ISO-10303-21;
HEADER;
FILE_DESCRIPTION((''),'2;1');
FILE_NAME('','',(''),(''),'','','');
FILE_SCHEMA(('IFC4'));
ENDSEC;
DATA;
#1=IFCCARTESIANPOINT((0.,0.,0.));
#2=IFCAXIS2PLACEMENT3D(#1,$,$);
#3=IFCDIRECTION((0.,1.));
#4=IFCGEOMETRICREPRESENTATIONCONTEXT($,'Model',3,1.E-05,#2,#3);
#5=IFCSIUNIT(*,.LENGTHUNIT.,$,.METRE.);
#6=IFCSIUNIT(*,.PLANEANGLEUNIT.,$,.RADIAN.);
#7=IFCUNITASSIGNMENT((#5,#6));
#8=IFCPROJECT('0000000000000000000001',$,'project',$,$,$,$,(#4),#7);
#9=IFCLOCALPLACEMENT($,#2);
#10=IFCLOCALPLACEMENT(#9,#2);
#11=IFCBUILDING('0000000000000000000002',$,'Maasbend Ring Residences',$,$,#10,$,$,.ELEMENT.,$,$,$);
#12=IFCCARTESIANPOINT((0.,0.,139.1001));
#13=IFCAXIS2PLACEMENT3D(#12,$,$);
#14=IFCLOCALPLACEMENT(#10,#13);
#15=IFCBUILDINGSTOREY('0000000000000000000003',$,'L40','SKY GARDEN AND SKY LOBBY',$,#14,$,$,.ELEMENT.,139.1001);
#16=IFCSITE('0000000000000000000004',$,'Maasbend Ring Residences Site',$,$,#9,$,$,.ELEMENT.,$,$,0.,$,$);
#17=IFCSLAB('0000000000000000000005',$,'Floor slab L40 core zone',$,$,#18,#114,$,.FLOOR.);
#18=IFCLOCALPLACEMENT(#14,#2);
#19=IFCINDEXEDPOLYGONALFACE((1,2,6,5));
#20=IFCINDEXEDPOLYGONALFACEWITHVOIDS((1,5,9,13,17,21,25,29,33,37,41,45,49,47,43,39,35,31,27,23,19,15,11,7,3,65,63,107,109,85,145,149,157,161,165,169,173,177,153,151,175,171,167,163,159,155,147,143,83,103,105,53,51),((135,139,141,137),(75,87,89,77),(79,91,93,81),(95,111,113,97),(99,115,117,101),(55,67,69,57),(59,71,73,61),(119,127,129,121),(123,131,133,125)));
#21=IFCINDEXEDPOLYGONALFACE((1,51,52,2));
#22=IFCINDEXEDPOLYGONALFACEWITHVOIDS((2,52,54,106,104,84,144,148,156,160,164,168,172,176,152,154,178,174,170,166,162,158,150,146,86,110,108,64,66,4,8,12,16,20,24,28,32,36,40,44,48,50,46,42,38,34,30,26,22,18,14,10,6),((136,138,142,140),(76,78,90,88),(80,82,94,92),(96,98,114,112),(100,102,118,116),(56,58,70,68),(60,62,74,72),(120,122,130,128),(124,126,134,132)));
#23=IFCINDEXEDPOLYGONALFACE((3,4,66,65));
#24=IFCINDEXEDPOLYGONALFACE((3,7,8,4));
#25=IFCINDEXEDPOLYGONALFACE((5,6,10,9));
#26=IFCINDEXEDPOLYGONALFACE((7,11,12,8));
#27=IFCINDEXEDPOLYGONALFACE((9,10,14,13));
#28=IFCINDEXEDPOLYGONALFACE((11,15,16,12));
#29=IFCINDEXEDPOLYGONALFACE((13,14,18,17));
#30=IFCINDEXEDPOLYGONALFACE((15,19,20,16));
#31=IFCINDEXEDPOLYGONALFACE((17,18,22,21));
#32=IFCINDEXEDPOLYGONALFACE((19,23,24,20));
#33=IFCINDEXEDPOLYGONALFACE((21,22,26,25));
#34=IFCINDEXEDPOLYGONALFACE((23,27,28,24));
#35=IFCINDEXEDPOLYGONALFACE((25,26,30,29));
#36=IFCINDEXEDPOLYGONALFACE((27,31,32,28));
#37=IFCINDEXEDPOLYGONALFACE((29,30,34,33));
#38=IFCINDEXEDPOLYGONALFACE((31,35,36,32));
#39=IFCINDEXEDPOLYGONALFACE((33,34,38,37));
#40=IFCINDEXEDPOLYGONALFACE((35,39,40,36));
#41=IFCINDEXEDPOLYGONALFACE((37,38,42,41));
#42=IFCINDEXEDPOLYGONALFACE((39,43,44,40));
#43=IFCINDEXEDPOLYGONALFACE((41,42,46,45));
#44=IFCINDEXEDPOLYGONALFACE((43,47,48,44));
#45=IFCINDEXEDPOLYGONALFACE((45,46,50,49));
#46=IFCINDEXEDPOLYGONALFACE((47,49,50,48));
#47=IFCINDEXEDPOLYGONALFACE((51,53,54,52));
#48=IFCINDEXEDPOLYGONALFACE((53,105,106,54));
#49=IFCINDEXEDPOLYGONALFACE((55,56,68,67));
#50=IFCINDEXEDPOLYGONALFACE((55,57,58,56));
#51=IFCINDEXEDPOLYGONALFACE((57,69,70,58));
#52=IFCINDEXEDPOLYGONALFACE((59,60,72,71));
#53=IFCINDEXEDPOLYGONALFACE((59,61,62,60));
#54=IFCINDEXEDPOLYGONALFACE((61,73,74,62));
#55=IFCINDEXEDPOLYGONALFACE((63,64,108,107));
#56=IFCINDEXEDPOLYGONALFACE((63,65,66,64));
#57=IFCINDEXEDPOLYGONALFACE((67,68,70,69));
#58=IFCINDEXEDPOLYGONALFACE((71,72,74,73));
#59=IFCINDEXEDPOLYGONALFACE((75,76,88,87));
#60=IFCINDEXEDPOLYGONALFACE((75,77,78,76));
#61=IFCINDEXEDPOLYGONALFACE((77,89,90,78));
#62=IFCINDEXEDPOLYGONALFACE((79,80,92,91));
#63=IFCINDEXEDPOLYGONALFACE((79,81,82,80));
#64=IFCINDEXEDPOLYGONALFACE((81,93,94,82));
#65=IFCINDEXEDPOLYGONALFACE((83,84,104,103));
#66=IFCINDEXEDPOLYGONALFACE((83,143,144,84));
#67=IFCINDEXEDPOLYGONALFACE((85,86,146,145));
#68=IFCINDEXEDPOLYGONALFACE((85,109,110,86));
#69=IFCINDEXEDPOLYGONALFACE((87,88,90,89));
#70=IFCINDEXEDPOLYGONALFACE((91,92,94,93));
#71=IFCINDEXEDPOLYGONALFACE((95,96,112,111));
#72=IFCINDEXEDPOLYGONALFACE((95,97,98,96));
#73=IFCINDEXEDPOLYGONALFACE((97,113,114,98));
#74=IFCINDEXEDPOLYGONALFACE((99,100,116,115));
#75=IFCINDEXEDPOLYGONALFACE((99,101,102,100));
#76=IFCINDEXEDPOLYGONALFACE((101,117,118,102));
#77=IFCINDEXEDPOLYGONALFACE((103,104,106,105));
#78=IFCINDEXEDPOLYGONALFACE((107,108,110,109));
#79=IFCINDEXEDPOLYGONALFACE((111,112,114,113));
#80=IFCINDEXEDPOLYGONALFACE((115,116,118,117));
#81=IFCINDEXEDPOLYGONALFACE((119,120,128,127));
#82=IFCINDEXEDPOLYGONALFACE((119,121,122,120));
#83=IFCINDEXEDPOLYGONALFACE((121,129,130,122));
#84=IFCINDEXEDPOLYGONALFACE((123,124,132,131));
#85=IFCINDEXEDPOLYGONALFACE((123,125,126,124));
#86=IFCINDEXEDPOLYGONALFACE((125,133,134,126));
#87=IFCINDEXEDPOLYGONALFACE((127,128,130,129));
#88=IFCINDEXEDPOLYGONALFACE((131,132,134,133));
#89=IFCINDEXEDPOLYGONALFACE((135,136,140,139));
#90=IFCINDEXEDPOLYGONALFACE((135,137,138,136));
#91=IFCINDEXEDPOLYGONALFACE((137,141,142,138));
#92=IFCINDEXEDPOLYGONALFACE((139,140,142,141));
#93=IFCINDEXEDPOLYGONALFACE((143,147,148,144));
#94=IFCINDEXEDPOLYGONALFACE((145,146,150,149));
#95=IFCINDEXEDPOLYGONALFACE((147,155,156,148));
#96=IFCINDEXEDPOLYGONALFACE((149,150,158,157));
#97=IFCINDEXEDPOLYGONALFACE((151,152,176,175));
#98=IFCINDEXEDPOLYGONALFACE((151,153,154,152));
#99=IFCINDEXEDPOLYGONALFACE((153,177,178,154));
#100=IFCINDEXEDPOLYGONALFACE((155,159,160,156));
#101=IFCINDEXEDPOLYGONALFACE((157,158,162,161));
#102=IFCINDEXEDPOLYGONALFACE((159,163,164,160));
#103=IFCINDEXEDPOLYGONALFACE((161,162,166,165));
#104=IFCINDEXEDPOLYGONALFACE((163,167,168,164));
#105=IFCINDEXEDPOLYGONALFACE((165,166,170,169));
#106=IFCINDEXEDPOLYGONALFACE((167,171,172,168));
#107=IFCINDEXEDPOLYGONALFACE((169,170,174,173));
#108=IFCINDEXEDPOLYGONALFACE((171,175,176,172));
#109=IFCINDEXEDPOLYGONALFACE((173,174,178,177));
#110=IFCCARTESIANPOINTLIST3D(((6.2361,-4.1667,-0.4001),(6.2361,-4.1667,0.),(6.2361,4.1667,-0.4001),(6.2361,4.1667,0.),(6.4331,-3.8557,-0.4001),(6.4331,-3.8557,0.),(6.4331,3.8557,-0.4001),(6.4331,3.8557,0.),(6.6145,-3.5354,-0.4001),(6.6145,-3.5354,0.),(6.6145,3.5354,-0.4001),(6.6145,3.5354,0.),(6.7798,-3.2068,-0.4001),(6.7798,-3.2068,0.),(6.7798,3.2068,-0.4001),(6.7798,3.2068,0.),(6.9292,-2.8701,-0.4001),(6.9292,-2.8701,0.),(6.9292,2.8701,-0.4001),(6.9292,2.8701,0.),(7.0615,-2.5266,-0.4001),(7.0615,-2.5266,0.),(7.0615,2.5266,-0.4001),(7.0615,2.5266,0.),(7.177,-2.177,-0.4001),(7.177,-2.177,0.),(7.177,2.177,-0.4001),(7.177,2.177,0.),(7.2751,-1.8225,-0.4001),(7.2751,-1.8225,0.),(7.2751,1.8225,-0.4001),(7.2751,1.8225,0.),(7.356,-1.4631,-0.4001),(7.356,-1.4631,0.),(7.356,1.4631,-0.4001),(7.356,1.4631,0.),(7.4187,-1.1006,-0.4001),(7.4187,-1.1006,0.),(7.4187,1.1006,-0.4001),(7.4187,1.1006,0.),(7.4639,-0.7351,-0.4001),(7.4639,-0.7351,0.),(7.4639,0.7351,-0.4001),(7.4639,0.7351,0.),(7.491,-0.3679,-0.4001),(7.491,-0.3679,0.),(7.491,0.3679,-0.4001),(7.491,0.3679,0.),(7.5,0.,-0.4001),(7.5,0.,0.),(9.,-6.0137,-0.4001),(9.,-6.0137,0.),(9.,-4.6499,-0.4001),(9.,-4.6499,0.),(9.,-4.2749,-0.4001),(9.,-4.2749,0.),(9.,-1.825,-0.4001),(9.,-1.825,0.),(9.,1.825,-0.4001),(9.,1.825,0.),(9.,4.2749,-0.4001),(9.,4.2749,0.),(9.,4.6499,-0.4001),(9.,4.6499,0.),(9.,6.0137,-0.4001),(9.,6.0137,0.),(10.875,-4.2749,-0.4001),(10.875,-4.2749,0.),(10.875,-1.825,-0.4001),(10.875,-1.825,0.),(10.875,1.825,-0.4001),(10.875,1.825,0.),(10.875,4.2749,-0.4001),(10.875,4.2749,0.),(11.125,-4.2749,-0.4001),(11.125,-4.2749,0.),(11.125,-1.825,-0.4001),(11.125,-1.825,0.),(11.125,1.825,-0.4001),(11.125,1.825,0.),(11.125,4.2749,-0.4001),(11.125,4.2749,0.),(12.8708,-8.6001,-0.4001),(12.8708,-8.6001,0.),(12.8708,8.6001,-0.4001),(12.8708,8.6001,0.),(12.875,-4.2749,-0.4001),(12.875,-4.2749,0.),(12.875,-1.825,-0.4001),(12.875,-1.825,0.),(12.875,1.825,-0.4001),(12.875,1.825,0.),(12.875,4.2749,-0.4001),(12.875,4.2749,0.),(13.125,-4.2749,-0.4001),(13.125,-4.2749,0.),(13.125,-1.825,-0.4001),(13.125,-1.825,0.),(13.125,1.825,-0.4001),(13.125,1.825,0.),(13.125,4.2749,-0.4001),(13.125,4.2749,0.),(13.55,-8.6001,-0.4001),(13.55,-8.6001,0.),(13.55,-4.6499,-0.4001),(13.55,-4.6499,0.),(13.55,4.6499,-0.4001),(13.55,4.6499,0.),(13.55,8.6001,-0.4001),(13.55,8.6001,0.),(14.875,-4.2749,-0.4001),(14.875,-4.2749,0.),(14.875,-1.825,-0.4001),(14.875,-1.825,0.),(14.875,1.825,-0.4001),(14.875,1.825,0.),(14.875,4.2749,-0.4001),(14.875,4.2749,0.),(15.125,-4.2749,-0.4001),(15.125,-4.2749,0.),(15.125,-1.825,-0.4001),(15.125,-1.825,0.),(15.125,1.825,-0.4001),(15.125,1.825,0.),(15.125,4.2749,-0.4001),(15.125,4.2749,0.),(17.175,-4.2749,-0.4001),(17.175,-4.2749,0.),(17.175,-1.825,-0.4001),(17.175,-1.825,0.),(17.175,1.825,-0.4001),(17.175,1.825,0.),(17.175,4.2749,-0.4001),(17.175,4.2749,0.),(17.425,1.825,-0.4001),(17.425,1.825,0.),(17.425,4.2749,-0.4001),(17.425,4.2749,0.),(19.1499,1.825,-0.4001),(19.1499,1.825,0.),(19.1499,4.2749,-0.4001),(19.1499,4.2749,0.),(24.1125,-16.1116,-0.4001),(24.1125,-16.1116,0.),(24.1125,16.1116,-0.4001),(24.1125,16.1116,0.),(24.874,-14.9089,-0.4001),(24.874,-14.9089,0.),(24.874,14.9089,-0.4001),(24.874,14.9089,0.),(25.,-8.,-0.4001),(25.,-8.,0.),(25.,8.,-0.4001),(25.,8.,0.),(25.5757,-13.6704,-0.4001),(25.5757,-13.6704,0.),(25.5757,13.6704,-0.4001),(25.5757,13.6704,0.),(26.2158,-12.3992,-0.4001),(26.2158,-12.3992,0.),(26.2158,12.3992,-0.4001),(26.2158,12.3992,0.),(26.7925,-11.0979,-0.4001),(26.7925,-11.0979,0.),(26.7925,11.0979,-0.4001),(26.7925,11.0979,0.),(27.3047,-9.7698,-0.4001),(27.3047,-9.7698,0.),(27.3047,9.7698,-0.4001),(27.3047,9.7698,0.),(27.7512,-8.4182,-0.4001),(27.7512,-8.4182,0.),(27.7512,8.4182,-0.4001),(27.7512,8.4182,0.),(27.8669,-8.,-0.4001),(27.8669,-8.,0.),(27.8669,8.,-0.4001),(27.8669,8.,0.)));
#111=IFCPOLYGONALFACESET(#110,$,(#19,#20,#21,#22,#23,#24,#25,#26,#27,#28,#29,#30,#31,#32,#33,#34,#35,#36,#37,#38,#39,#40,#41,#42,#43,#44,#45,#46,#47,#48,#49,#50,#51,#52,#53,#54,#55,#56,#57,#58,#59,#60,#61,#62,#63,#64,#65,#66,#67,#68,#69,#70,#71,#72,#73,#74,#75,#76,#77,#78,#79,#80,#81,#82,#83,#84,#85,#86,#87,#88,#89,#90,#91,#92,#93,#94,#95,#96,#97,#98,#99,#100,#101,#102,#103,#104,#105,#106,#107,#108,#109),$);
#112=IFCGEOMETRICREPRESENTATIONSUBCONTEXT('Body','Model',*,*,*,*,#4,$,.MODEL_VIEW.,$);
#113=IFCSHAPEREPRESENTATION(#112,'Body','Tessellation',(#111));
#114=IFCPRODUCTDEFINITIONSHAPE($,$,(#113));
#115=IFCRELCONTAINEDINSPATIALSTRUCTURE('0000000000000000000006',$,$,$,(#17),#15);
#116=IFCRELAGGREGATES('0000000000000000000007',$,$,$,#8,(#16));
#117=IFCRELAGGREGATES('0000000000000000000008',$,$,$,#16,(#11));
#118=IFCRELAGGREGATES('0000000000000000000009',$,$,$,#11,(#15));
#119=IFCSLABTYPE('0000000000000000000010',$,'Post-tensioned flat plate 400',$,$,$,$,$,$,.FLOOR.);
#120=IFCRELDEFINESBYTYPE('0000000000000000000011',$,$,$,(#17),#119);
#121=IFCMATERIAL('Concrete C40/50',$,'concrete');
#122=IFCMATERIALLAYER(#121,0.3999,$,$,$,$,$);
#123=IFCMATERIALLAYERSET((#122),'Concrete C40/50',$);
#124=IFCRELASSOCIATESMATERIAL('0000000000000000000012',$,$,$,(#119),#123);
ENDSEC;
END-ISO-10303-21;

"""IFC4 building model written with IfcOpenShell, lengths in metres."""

from ifc_helpers import new_model, si_unit, direction, frame, origin, place, context, subcontext, project, spatial, polyline, outline, extrude, material, layer, layer_set, type_object, element, save


model = new_model("IFC4")

# Units and contexts
model_context = context("Model", 3, precision=1e-05, world=origin(), true_north=direction((0.0, 1.0)))
body_context = subcontext(model_context, "Body", "Model", "MODEL_VIEW")
ifc_project = project(units=[si_unit("LENGTHUNIT", "METRE"), si_unit("PLANEANGLEUNIT", "RADIAN")], contexts=[model_context])

# Site, building, storey
site_placement = place(None, origin())
site = spatial("IfcSite", under=ifc_project, at=site_placement, Name="Maasbend Ring Residences Site", CompositionType="ELEMENT", RefElevation=0.0)
building_placement = place(site_placement, origin())
building = spatial("IfcBuilding", under=site, at=building_placement, Name="Maasbend Ring Residences", CompositionType="ELEMENT")
storey_placement = place(building_placement, frame((0.0, 0.0, 139.1001)))
storey = spatial("IfcBuildingStorey", under=building, at=storey_placement, Name="L40", Description="SKY GARDEN AND SKY LOBBY", CompositionType="ELEMENT", Elevation=139.1001)

# Slab
ifc_material_1 = material(Name="Concrete C40/50", Category="concrete")
ifc_layer_1 = layer(ifc_material_1, 0.3999)
ifc_layer_set_1 = layer_set([ifc_layer_1], Name="Concrete C40/50")
slab_type_1 = type_object("IfcSlabType", Name="Post-tensioned flat plate 400", PredefinedType="FLOOR", material=ifc_layer_set_1)
slab_1_placement = place(storey_placement, frame((0.0, 0.0, -0.4001)))
element("IfcSlab", 1, at=slab_1_placement, inside=storey, type_object=slab_type_1, Name="Floor slab L40 core zone", PredefinedType="FLOOR", context=body_context, shape_type="SweptSolid", body=[
    extrude(outline(polyline([(26.2158, -12.3992), (26.7925, -11.0979), (27.3047, -9.7698), (27.7512, -8.4182), (27.8669, -8.0), (25.0, -8.0), (25.0, 8.0), (27.8669, 8.0), (27.7512, 8.4182), (27.3047, 9.7698), (26.7925, 11.0979), (26.2158, 12.3992), (25.5757, 13.6704), (24.874, 14.9089), (24.1125, 16.1116), (12.8708, 8.6001), (13.55, 8.6001), (13.55, 4.6499), (9.0, 4.6499), (9.0, 6.0137), (6.2361, 4.1667), (6.4331, 3.8557), (6.6145, 3.5354), (6.7798, 3.2068), (6.9292, 2.8701), (7.0615, 2.5266), (7.177, 2.177), (7.2751, 1.8225), (7.356, 1.4631), (7.4187, 1.1006), (7.4639, 0.7351), (7.491, 0.3679), (7.5, 0.0), (7.491, -0.3679), (7.4639, -0.7351), (7.4187, -1.1006), (7.356, -1.4631), (7.2751, -1.8225), (7.177, -2.177), (7.0615, -2.5266), (6.9292, -2.8701), (6.7798, -3.2068), (6.6145, -3.5354), (6.4331, -3.8557), (6.2361, -4.1667), (9.0, -6.0137), (9.0, -4.6499), (13.55, -4.6499), (13.55, -8.6001), (12.8708, -8.6001), (24.1125, -16.1116), (24.874, -14.9089), (25.5757, -13.6704), (26.2158, -12.3992)]), holes=[polyline([(17.425, 1.825), (17.425, 4.2749), (19.1499, 4.2749), (19.1499, 1.825), (17.425, 1.825)]), polyline([(15.125, -4.2749), (15.125, -1.825), (17.175, -1.825), (17.175, -4.2749), (15.125, -4.2749)]), polyline([(17.175, 1.825), (15.125, 1.825), (15.125, 4.2749), (17.175, 4.2749), (17.175, 1.825)]), polyline([(13.125, -4.2749), (13.125, -1.825), (14.875, -1.825), (14.875, -4.2749), (13.125, -4.2749)]), polyline([(13.125, 1.825), (13.125, 4.2749), (14.875, 4.2749), (14.875, 1.825), (13.125, 1.825)]), polyline([(12.875, -4.2749), (11.125, -4.2749), (11.125, -1.825), (12.875, -1.825), (12.875, -4.2749)]), polyline([(11.125, 1.825), (11.125, 4.2749), (12.875, 4.2749), (12.875, 1.825), (11.125, 1.825)]), polyline([(9.0, -4.2749), (9.0, -1.825), (10.875, -1.825), (10.875, -4.2749), (9.0, -4.2749)]), polyline([(10.875, 1.825), (9.0, 1.825), (9.0, 4.2749), (10.875, 4.2749), (10.875, 1.825)])]), origin(), (0.0, 0.0, 1.0), 0.4001),
])

save(model, "model.ifc")
